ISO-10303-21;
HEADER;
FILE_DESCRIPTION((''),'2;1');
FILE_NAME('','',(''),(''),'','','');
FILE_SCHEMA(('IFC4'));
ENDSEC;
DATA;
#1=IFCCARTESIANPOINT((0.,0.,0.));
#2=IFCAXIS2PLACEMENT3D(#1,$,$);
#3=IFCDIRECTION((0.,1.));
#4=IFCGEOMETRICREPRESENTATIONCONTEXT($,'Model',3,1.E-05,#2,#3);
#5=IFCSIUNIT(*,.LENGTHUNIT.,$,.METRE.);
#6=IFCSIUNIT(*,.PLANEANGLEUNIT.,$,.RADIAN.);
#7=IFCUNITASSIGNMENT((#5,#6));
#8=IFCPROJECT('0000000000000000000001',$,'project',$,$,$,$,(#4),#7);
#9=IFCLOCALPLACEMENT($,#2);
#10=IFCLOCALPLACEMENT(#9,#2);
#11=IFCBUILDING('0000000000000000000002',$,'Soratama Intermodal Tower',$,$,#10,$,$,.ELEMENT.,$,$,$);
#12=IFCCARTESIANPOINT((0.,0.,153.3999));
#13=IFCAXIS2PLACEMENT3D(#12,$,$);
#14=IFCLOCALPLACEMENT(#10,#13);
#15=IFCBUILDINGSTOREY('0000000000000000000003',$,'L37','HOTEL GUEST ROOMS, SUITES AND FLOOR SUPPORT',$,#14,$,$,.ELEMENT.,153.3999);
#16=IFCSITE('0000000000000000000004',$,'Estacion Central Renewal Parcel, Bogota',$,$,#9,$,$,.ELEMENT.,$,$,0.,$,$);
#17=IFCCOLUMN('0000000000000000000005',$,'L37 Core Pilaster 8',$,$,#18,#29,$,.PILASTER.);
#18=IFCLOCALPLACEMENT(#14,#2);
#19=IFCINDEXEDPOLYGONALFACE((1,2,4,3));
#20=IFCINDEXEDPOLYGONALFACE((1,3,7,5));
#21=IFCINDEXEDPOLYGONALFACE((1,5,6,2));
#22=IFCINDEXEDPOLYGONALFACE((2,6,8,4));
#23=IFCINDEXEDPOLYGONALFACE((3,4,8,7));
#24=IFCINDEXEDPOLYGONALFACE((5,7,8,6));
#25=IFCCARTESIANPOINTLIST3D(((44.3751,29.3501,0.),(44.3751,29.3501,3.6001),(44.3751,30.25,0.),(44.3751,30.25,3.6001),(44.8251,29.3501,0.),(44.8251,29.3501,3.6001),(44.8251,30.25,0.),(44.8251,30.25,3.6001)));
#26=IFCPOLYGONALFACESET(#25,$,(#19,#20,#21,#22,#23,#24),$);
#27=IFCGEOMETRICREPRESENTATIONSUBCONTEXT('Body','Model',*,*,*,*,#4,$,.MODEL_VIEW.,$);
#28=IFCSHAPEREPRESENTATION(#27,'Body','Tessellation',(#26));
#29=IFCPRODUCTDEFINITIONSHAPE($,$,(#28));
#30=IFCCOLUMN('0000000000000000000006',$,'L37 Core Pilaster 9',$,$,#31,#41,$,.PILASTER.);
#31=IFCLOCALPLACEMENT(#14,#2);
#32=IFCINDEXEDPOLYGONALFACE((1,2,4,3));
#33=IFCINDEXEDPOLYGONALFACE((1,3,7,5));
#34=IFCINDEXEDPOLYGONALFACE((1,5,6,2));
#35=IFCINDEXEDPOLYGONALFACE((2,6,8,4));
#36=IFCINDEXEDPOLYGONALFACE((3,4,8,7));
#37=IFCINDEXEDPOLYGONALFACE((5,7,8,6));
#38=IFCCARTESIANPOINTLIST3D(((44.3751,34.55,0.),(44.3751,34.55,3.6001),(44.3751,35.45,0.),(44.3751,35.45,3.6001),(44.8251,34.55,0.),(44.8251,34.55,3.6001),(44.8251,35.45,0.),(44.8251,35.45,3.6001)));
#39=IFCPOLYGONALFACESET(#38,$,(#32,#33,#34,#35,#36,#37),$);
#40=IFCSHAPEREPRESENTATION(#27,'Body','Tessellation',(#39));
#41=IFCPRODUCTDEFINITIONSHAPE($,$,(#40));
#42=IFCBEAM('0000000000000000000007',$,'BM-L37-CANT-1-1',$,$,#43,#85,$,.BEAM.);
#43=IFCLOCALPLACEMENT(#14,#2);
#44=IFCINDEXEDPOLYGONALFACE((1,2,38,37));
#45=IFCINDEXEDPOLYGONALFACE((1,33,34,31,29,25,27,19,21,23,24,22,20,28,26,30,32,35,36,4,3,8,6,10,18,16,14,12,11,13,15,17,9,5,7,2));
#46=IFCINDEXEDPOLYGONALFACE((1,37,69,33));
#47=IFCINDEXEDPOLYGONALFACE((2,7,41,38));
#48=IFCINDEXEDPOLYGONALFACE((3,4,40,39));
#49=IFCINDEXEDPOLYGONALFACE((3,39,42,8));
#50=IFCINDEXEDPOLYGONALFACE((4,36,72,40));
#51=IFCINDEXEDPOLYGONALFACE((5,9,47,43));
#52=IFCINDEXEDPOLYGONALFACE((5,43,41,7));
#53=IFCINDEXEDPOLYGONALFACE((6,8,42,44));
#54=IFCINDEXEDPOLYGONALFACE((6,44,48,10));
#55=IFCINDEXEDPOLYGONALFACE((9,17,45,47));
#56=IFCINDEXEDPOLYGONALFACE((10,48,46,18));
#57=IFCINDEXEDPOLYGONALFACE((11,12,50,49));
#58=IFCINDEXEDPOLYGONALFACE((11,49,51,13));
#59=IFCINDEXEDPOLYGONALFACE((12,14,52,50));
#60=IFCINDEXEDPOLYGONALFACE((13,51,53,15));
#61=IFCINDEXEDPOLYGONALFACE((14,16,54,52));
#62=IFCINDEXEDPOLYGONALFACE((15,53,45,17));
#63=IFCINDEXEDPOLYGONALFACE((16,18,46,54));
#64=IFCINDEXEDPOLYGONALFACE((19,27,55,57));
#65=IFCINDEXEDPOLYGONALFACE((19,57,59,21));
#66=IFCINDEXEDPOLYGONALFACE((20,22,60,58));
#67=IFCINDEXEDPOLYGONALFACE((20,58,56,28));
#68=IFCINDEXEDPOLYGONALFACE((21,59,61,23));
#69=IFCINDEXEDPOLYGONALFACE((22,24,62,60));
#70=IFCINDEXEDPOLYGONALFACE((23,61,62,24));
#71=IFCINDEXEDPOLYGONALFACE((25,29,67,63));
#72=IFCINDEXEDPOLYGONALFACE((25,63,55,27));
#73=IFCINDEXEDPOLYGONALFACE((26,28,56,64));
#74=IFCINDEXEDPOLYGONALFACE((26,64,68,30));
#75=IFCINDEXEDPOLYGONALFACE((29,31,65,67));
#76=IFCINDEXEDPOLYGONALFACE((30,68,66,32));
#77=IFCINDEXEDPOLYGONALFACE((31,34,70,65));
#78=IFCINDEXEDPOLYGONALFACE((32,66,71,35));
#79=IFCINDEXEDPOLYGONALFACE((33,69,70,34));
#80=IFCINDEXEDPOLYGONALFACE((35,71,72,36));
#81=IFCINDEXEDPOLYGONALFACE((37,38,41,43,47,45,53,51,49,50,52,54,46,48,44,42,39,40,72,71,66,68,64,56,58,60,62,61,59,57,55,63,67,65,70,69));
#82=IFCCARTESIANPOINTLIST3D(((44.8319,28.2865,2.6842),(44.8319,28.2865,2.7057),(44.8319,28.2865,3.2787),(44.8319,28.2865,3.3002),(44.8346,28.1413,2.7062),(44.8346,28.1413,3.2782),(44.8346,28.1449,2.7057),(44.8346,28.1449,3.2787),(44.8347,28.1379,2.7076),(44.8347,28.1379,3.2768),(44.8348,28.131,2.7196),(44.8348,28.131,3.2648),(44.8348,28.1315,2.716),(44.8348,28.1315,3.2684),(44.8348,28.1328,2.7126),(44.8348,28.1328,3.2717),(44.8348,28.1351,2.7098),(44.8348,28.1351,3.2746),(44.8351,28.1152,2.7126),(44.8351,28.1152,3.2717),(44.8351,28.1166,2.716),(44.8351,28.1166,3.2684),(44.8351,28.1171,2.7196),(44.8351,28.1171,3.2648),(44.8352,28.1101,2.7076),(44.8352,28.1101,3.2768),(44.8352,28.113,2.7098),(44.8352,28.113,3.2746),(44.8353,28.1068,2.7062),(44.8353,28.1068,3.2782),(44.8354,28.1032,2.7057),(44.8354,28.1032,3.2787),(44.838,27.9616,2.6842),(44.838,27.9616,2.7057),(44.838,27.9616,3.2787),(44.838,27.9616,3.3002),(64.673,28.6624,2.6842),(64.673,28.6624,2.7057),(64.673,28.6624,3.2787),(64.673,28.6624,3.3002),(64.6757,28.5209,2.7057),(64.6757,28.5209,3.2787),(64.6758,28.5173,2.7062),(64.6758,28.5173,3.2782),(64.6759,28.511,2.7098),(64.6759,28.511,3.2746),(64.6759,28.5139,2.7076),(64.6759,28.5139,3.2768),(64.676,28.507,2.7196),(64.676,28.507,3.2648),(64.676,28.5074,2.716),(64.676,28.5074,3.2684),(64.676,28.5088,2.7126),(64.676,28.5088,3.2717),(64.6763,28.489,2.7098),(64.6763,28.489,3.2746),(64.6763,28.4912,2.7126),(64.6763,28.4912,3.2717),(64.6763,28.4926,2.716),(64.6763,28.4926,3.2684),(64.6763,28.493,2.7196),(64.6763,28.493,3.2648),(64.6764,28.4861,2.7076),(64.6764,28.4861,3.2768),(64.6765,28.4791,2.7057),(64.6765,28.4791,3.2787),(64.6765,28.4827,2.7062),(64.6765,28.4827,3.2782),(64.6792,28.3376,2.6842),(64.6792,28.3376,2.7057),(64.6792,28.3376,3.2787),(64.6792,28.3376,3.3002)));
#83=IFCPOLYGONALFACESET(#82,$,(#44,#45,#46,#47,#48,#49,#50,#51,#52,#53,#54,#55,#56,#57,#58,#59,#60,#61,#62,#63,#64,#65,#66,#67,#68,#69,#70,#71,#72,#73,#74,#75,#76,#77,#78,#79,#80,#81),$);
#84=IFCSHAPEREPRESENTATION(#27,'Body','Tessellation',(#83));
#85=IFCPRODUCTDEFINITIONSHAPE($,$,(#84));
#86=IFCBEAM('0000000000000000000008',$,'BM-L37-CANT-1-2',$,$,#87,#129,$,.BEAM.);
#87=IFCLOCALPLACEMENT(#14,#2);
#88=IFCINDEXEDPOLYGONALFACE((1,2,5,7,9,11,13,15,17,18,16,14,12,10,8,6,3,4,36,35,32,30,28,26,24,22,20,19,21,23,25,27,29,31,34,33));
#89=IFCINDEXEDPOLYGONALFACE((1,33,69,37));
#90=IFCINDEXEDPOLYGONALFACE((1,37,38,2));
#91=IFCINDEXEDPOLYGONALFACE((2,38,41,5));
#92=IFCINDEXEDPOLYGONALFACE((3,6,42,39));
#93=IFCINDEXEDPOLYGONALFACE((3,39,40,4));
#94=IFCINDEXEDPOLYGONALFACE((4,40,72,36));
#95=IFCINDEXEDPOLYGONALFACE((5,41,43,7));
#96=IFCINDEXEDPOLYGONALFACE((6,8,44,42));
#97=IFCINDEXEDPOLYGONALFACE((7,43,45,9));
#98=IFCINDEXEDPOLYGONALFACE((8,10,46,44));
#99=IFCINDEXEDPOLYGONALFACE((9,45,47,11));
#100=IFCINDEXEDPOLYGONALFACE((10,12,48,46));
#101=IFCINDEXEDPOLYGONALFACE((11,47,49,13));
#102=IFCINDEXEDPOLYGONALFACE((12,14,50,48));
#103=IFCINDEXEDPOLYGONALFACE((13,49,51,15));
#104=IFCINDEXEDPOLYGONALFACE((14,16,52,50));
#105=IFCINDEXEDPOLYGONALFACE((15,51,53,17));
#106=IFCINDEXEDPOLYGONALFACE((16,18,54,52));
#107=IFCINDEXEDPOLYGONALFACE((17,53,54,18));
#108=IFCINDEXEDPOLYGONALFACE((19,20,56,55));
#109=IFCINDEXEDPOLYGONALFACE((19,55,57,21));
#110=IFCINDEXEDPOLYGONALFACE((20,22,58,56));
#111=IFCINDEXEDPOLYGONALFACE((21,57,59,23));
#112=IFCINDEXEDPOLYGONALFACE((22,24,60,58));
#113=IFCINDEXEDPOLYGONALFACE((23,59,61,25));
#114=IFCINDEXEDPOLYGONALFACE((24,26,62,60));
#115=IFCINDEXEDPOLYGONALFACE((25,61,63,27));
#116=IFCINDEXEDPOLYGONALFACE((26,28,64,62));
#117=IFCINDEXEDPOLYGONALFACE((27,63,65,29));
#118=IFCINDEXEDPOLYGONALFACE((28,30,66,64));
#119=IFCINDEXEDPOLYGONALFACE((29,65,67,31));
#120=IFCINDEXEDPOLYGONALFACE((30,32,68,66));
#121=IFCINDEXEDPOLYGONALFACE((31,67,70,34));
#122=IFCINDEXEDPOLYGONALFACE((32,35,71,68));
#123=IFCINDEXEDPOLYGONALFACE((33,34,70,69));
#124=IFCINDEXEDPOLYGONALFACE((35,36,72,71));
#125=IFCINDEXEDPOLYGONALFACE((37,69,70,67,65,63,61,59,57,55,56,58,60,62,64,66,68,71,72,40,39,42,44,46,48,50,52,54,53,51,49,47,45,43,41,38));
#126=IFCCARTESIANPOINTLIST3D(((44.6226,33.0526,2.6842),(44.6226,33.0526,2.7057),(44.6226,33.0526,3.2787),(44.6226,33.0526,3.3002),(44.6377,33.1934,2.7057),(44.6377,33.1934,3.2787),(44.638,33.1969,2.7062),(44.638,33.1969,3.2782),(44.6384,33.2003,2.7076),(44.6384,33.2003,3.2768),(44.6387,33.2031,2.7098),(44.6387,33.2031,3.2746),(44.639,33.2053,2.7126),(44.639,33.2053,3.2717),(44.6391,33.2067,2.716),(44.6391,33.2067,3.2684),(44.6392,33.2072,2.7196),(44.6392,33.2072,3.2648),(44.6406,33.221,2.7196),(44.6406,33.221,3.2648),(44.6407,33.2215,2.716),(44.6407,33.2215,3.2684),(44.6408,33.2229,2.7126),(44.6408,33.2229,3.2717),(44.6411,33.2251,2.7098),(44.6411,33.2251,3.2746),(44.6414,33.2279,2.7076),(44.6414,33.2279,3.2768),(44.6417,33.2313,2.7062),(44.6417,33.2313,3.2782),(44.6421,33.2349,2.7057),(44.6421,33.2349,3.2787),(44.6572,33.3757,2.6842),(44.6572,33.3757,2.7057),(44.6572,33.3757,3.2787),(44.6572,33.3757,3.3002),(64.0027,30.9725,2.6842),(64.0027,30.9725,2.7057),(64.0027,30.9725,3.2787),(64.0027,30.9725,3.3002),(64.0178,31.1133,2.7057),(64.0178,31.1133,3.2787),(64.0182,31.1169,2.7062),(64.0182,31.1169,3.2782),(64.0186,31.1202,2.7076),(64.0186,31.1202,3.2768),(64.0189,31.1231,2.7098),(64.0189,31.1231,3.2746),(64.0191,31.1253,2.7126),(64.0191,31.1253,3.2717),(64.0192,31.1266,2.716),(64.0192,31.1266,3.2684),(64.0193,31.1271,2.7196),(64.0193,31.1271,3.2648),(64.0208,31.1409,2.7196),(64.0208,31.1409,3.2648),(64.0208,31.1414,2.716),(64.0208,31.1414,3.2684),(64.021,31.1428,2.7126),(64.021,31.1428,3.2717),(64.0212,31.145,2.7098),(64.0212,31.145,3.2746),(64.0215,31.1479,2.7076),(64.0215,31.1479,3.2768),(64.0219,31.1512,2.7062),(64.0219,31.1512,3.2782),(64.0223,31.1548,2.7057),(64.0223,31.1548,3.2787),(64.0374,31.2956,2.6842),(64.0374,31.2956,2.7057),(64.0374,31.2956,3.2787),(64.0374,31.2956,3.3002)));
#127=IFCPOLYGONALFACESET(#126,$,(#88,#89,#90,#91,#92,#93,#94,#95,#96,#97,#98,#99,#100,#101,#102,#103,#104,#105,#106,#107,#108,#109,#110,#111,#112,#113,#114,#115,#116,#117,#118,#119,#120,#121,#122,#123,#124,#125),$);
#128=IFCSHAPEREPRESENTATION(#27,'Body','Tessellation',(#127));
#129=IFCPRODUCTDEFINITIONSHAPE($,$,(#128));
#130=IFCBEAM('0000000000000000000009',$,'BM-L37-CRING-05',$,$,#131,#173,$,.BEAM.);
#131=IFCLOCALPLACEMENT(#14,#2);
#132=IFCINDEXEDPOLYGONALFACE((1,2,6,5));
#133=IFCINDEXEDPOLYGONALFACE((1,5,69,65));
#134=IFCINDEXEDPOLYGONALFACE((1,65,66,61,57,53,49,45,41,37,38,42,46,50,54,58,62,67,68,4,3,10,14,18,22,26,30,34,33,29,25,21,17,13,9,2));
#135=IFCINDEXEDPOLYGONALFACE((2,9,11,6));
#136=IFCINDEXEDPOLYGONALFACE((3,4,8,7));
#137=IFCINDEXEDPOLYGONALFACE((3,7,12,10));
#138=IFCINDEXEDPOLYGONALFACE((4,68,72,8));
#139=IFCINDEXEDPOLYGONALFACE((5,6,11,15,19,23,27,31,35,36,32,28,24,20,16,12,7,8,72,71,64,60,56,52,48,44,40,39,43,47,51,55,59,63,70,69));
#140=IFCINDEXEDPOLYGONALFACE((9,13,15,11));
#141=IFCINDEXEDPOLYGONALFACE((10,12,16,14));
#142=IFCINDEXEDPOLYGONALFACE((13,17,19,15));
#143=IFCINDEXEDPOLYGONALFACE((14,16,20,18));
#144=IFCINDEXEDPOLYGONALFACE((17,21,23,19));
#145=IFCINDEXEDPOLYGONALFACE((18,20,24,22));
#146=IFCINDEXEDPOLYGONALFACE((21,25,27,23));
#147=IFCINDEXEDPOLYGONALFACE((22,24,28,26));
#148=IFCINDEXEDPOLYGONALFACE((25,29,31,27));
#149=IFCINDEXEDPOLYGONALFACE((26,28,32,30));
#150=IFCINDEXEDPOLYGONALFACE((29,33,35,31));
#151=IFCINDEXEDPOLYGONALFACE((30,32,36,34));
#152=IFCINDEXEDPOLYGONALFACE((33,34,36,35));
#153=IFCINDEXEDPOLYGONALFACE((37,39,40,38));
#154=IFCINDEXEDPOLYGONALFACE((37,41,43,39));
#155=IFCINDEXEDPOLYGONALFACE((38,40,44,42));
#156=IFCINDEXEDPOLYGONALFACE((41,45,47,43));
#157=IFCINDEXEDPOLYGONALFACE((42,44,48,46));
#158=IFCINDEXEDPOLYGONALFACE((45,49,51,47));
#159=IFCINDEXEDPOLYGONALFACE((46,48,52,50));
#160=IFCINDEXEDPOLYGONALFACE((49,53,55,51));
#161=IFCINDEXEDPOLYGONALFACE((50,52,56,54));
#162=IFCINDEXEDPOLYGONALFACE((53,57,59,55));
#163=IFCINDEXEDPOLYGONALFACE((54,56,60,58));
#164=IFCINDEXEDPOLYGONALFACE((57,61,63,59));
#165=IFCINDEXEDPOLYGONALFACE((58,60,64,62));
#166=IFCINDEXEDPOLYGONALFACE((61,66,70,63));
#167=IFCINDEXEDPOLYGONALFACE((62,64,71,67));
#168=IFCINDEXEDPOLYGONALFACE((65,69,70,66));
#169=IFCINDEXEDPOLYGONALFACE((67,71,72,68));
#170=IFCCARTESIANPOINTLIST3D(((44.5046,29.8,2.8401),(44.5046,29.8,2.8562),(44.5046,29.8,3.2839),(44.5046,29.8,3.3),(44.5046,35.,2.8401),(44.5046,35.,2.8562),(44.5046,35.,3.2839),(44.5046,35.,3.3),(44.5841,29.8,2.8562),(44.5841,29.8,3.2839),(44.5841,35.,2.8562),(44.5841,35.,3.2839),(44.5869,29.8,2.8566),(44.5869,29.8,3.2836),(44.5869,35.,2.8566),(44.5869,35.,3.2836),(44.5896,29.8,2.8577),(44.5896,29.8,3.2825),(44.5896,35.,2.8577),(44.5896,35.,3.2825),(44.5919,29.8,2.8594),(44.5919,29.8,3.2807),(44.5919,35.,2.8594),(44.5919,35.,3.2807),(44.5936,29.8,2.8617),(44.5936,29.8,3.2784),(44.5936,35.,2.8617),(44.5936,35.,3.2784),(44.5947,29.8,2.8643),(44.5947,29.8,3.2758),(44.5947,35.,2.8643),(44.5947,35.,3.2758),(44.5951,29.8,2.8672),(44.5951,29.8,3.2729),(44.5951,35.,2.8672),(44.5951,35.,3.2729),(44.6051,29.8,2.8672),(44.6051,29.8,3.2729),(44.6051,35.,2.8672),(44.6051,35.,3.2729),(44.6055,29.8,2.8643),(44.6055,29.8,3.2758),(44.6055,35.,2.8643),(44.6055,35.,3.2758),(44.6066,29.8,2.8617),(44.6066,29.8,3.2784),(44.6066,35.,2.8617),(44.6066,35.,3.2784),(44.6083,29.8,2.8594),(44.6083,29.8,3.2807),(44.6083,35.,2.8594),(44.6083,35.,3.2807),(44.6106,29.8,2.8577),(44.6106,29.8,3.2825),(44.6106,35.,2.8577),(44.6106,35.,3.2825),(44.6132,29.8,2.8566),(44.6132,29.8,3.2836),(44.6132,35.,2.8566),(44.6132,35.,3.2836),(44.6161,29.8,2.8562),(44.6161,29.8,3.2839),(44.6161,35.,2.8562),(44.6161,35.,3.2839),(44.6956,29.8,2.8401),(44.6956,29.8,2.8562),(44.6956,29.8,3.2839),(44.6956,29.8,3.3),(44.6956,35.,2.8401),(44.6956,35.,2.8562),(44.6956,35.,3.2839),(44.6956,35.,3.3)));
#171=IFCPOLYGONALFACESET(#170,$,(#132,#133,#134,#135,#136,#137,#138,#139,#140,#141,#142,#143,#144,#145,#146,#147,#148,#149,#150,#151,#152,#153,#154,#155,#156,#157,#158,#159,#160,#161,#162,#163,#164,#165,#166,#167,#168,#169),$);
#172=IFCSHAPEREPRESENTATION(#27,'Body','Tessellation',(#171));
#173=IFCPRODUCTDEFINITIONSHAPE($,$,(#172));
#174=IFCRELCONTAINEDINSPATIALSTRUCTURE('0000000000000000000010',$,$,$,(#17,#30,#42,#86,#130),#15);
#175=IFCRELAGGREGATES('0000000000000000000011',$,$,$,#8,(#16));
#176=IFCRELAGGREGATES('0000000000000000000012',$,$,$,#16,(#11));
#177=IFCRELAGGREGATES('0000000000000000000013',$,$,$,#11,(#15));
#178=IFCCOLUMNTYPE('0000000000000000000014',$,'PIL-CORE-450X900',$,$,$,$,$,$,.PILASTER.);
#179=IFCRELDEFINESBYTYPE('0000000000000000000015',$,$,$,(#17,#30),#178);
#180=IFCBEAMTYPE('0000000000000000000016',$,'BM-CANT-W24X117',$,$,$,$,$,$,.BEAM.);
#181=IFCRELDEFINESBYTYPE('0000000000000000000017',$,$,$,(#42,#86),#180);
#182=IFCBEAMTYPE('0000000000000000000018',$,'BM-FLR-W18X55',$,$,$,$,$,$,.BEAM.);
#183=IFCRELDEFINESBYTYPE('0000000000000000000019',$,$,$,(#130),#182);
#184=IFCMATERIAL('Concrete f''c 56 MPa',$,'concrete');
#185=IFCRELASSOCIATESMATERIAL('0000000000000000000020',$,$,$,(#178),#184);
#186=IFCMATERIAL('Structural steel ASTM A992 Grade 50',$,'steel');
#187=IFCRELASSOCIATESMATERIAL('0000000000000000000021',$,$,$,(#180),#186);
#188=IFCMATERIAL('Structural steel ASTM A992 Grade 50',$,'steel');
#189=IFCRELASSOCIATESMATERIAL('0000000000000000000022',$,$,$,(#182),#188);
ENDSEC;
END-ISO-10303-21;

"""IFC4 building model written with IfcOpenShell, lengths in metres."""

from ifc_helpers import new_model, si_unit, direction, frame, origin, origin_2d, place, context, subcontext, project, spatial, rectangle, i_section, extrude, material, material_profile, profile_set, type_object, element, save


model = new_model("IFC4")

# Units and contexts
model_context = context("Model", 3, precision=1e-05, world=origin(), true_north=direction((0.0, 1.0)))
body_context = subcontext(model_context, "Body", "Model", "MODEL_VIEW")
ifc_project = project(units=[si_unit("LENGTHUNIT", "METRE"), si_unit("PLANEANGLEUNIT", "RADIAN")], contexts=[model_context])

# Site, building, storey
site_placement = place(None, origin())
site = spatial("IfcSite", under=ifc_project, at=site_placement, Name="Estacion Central Renewal Parcel, Bogota", CompositionType="ELEMENT", RefElevation=0.0)
building_placement = place(site_placement, origin())
building = spatial("IfcBuilding", under=site, at=building_placement, Name="Soratama Intermodal Tower", CompositionType="ELEMENT")
storey_placement = place(building_placement, frame((0.0, 0.0, 153.3999)))
storey = spatial("IfcBuildingStorey", under=building, at=storey_placement, Name="L37", Description="HOTEL GUEST ROOMS, SUITES AND FLOOR SUPPORT", CompositionType="ELEMENT", Elevation=153.3999)

# Columns
ifc_material_1 = material(Name="Concrete f'c 56 MPa", Category="concrete")
ifc_material_profile_1 = material_profile(ifc_material_1, rectangle(XDim=0.45, YDim=0.8999, at=origin_2d()), Name="RC450X900")
ifc_profile_set_1 = profile_set([ifc_material_profile_1], Name="Concrete f'c 56 MPa")
column_type = type_object("IfcColumnType", Name="PIL-CORE-450X900", PredefinedType="PILASTER", material=ifc_profile_set_1)
for number, where, z_axis, x_axis, name in (
    (1, (44.6001, 29.8, 0.0), (0.0, 0.0, 1.0), (1.0, 0.0, 0.0), "L37 Core Pilaster 8"),
    (2, (44.6001, 35.0, 0.0), (0.0, 0.0, 1.0), (1.0, 0.0, 0.0), "L37 Core Pilaster 9"),
):
    element("IfcColumn", number, at=place(storey_placement, frame(where, z_axis=z_axis, x_axis=x_axis)), inside=storey, type_object=column_type, Name=name, PredefinedType="PILASTER", context=body_context, shape_type="SweptSolid", body=[
        extrude(rectangle(XDim=0.45, YDim=0.8999, at=origin_2d()), origin(), (0.0, 0.0, 1.0), 3.6001),
    ])

# Beams
ifc_material_2 = material(Name="Structural steel ASTM A992 Grade 50", Category="steel")
ifc_material_profile_2 = material_profile(ifc_material_2, i_section(OverallWidth=0.325, OverallDepth=0.616, WebThickness=0.0139, FlangeThickness=0.0215, FilletRadius=0.0139, at=origin_2d()), Name="W24X117")
ifc_profile_set_2 = profile_set([ifc_material_profile_2], Name="Structural steel ASTM A992 Grade 50")
beam_type_1 = type_object("IfcBeamType", Name="BM-CANT-W24X117", PredefinedType="BEAM", material=ifc_profile_set_2)
beam_1_placement = place(storey_placement, frame((44.835, 28.124, 2.9922), z_axis=(0.999821, 0.018946, 0.0), x_axis=(-0.018946, 0.999821, 0.0)))
element("IfcBeam", 3, at=beam_1_placement, inside=storey, type_object=beam_type_1, Name="BM-L37-CANT-1-1", PredefinedType="BEAM", context=body_context, shape_type="SweptSolid", body=[
    extrude(i_section(OverallWidth=0.325, OverallDepth=0.616, WebThickness=0.0139, FlangeThickness=0.0215, FilletRadius=0.0139, at=origin_2d()), origin(), (0.0, 0.0, 1.0), 19.8447),
])
beam_2_placement = place(storey_placement, frame((44.6399, 33.2141, 2.9922), z_axis=(0.994289, -0.106718, 0.0), x_axis=(0.106718, 0.994289, 0.0)))
element("IfcBeam", 4, at=beam_2_placement, inside=storey, type_object=beam_type_1, Name="BM-L37-CANT-1-2", PredefinedType="BEAM", context=body_context, shape_type="SweptSolid", body=[
    extrude(i_section(OverallWidth=0.325, OverallDepth=0.616, WebThickness=0.0139, FlangeThickness=0.0215, FilletRadius=0.0139, at=origin_2d()), origin(), (0.0, 0.0, 1.0), 19.4915),
])
ifc_material_3 = material(Name="Structural steel ASTM A992 Grade 50", Category="steel")
ifc_material_profile_3 = material_profile(ifc_material_3, i_section(OverallWidth=0.1909, OverallDepth=0.46, WebThickness=0.01, FlangeThickness=0.0161, FilletRadius=0.011, at=origin_2d()), Name="W18X55")
ifc_profile_set_3 = profile_set([ifc_material_profile_3], Name="Structural steel ASTM A992 Grade 50")
beam_type_2 = type_object("IfcBeamType", Name="BM-FLR-W18X55", PredefinedType="BEAM", material=ifc_profile_set_3)
beam_3_placement = place(storey_placement, frame((44.6001, 29.8, 3.0701), z_axis=(0.0, 1.0, 0.0), x_axis=(-1.0, 0.0, 0.0)))
element("IfcBeam", 5, at=beam_3_placement, inside=storey, type_object=beam_type_2, Name="BM-L37-CRING-05", PredefinedType="BEAM", context=body_context, shape_type="SweptSolid", body=[
    extrude(i_section(OverallWidth=0.1909, OverallDepth=0.46, WebThickness=0.01, FlangeThickness=0.0161, FilletRadius=0.011, at=origin_2d()), origin(), (0.0, 0.0, 1.0), 5.2),
])

save(model, "model.ifc")
